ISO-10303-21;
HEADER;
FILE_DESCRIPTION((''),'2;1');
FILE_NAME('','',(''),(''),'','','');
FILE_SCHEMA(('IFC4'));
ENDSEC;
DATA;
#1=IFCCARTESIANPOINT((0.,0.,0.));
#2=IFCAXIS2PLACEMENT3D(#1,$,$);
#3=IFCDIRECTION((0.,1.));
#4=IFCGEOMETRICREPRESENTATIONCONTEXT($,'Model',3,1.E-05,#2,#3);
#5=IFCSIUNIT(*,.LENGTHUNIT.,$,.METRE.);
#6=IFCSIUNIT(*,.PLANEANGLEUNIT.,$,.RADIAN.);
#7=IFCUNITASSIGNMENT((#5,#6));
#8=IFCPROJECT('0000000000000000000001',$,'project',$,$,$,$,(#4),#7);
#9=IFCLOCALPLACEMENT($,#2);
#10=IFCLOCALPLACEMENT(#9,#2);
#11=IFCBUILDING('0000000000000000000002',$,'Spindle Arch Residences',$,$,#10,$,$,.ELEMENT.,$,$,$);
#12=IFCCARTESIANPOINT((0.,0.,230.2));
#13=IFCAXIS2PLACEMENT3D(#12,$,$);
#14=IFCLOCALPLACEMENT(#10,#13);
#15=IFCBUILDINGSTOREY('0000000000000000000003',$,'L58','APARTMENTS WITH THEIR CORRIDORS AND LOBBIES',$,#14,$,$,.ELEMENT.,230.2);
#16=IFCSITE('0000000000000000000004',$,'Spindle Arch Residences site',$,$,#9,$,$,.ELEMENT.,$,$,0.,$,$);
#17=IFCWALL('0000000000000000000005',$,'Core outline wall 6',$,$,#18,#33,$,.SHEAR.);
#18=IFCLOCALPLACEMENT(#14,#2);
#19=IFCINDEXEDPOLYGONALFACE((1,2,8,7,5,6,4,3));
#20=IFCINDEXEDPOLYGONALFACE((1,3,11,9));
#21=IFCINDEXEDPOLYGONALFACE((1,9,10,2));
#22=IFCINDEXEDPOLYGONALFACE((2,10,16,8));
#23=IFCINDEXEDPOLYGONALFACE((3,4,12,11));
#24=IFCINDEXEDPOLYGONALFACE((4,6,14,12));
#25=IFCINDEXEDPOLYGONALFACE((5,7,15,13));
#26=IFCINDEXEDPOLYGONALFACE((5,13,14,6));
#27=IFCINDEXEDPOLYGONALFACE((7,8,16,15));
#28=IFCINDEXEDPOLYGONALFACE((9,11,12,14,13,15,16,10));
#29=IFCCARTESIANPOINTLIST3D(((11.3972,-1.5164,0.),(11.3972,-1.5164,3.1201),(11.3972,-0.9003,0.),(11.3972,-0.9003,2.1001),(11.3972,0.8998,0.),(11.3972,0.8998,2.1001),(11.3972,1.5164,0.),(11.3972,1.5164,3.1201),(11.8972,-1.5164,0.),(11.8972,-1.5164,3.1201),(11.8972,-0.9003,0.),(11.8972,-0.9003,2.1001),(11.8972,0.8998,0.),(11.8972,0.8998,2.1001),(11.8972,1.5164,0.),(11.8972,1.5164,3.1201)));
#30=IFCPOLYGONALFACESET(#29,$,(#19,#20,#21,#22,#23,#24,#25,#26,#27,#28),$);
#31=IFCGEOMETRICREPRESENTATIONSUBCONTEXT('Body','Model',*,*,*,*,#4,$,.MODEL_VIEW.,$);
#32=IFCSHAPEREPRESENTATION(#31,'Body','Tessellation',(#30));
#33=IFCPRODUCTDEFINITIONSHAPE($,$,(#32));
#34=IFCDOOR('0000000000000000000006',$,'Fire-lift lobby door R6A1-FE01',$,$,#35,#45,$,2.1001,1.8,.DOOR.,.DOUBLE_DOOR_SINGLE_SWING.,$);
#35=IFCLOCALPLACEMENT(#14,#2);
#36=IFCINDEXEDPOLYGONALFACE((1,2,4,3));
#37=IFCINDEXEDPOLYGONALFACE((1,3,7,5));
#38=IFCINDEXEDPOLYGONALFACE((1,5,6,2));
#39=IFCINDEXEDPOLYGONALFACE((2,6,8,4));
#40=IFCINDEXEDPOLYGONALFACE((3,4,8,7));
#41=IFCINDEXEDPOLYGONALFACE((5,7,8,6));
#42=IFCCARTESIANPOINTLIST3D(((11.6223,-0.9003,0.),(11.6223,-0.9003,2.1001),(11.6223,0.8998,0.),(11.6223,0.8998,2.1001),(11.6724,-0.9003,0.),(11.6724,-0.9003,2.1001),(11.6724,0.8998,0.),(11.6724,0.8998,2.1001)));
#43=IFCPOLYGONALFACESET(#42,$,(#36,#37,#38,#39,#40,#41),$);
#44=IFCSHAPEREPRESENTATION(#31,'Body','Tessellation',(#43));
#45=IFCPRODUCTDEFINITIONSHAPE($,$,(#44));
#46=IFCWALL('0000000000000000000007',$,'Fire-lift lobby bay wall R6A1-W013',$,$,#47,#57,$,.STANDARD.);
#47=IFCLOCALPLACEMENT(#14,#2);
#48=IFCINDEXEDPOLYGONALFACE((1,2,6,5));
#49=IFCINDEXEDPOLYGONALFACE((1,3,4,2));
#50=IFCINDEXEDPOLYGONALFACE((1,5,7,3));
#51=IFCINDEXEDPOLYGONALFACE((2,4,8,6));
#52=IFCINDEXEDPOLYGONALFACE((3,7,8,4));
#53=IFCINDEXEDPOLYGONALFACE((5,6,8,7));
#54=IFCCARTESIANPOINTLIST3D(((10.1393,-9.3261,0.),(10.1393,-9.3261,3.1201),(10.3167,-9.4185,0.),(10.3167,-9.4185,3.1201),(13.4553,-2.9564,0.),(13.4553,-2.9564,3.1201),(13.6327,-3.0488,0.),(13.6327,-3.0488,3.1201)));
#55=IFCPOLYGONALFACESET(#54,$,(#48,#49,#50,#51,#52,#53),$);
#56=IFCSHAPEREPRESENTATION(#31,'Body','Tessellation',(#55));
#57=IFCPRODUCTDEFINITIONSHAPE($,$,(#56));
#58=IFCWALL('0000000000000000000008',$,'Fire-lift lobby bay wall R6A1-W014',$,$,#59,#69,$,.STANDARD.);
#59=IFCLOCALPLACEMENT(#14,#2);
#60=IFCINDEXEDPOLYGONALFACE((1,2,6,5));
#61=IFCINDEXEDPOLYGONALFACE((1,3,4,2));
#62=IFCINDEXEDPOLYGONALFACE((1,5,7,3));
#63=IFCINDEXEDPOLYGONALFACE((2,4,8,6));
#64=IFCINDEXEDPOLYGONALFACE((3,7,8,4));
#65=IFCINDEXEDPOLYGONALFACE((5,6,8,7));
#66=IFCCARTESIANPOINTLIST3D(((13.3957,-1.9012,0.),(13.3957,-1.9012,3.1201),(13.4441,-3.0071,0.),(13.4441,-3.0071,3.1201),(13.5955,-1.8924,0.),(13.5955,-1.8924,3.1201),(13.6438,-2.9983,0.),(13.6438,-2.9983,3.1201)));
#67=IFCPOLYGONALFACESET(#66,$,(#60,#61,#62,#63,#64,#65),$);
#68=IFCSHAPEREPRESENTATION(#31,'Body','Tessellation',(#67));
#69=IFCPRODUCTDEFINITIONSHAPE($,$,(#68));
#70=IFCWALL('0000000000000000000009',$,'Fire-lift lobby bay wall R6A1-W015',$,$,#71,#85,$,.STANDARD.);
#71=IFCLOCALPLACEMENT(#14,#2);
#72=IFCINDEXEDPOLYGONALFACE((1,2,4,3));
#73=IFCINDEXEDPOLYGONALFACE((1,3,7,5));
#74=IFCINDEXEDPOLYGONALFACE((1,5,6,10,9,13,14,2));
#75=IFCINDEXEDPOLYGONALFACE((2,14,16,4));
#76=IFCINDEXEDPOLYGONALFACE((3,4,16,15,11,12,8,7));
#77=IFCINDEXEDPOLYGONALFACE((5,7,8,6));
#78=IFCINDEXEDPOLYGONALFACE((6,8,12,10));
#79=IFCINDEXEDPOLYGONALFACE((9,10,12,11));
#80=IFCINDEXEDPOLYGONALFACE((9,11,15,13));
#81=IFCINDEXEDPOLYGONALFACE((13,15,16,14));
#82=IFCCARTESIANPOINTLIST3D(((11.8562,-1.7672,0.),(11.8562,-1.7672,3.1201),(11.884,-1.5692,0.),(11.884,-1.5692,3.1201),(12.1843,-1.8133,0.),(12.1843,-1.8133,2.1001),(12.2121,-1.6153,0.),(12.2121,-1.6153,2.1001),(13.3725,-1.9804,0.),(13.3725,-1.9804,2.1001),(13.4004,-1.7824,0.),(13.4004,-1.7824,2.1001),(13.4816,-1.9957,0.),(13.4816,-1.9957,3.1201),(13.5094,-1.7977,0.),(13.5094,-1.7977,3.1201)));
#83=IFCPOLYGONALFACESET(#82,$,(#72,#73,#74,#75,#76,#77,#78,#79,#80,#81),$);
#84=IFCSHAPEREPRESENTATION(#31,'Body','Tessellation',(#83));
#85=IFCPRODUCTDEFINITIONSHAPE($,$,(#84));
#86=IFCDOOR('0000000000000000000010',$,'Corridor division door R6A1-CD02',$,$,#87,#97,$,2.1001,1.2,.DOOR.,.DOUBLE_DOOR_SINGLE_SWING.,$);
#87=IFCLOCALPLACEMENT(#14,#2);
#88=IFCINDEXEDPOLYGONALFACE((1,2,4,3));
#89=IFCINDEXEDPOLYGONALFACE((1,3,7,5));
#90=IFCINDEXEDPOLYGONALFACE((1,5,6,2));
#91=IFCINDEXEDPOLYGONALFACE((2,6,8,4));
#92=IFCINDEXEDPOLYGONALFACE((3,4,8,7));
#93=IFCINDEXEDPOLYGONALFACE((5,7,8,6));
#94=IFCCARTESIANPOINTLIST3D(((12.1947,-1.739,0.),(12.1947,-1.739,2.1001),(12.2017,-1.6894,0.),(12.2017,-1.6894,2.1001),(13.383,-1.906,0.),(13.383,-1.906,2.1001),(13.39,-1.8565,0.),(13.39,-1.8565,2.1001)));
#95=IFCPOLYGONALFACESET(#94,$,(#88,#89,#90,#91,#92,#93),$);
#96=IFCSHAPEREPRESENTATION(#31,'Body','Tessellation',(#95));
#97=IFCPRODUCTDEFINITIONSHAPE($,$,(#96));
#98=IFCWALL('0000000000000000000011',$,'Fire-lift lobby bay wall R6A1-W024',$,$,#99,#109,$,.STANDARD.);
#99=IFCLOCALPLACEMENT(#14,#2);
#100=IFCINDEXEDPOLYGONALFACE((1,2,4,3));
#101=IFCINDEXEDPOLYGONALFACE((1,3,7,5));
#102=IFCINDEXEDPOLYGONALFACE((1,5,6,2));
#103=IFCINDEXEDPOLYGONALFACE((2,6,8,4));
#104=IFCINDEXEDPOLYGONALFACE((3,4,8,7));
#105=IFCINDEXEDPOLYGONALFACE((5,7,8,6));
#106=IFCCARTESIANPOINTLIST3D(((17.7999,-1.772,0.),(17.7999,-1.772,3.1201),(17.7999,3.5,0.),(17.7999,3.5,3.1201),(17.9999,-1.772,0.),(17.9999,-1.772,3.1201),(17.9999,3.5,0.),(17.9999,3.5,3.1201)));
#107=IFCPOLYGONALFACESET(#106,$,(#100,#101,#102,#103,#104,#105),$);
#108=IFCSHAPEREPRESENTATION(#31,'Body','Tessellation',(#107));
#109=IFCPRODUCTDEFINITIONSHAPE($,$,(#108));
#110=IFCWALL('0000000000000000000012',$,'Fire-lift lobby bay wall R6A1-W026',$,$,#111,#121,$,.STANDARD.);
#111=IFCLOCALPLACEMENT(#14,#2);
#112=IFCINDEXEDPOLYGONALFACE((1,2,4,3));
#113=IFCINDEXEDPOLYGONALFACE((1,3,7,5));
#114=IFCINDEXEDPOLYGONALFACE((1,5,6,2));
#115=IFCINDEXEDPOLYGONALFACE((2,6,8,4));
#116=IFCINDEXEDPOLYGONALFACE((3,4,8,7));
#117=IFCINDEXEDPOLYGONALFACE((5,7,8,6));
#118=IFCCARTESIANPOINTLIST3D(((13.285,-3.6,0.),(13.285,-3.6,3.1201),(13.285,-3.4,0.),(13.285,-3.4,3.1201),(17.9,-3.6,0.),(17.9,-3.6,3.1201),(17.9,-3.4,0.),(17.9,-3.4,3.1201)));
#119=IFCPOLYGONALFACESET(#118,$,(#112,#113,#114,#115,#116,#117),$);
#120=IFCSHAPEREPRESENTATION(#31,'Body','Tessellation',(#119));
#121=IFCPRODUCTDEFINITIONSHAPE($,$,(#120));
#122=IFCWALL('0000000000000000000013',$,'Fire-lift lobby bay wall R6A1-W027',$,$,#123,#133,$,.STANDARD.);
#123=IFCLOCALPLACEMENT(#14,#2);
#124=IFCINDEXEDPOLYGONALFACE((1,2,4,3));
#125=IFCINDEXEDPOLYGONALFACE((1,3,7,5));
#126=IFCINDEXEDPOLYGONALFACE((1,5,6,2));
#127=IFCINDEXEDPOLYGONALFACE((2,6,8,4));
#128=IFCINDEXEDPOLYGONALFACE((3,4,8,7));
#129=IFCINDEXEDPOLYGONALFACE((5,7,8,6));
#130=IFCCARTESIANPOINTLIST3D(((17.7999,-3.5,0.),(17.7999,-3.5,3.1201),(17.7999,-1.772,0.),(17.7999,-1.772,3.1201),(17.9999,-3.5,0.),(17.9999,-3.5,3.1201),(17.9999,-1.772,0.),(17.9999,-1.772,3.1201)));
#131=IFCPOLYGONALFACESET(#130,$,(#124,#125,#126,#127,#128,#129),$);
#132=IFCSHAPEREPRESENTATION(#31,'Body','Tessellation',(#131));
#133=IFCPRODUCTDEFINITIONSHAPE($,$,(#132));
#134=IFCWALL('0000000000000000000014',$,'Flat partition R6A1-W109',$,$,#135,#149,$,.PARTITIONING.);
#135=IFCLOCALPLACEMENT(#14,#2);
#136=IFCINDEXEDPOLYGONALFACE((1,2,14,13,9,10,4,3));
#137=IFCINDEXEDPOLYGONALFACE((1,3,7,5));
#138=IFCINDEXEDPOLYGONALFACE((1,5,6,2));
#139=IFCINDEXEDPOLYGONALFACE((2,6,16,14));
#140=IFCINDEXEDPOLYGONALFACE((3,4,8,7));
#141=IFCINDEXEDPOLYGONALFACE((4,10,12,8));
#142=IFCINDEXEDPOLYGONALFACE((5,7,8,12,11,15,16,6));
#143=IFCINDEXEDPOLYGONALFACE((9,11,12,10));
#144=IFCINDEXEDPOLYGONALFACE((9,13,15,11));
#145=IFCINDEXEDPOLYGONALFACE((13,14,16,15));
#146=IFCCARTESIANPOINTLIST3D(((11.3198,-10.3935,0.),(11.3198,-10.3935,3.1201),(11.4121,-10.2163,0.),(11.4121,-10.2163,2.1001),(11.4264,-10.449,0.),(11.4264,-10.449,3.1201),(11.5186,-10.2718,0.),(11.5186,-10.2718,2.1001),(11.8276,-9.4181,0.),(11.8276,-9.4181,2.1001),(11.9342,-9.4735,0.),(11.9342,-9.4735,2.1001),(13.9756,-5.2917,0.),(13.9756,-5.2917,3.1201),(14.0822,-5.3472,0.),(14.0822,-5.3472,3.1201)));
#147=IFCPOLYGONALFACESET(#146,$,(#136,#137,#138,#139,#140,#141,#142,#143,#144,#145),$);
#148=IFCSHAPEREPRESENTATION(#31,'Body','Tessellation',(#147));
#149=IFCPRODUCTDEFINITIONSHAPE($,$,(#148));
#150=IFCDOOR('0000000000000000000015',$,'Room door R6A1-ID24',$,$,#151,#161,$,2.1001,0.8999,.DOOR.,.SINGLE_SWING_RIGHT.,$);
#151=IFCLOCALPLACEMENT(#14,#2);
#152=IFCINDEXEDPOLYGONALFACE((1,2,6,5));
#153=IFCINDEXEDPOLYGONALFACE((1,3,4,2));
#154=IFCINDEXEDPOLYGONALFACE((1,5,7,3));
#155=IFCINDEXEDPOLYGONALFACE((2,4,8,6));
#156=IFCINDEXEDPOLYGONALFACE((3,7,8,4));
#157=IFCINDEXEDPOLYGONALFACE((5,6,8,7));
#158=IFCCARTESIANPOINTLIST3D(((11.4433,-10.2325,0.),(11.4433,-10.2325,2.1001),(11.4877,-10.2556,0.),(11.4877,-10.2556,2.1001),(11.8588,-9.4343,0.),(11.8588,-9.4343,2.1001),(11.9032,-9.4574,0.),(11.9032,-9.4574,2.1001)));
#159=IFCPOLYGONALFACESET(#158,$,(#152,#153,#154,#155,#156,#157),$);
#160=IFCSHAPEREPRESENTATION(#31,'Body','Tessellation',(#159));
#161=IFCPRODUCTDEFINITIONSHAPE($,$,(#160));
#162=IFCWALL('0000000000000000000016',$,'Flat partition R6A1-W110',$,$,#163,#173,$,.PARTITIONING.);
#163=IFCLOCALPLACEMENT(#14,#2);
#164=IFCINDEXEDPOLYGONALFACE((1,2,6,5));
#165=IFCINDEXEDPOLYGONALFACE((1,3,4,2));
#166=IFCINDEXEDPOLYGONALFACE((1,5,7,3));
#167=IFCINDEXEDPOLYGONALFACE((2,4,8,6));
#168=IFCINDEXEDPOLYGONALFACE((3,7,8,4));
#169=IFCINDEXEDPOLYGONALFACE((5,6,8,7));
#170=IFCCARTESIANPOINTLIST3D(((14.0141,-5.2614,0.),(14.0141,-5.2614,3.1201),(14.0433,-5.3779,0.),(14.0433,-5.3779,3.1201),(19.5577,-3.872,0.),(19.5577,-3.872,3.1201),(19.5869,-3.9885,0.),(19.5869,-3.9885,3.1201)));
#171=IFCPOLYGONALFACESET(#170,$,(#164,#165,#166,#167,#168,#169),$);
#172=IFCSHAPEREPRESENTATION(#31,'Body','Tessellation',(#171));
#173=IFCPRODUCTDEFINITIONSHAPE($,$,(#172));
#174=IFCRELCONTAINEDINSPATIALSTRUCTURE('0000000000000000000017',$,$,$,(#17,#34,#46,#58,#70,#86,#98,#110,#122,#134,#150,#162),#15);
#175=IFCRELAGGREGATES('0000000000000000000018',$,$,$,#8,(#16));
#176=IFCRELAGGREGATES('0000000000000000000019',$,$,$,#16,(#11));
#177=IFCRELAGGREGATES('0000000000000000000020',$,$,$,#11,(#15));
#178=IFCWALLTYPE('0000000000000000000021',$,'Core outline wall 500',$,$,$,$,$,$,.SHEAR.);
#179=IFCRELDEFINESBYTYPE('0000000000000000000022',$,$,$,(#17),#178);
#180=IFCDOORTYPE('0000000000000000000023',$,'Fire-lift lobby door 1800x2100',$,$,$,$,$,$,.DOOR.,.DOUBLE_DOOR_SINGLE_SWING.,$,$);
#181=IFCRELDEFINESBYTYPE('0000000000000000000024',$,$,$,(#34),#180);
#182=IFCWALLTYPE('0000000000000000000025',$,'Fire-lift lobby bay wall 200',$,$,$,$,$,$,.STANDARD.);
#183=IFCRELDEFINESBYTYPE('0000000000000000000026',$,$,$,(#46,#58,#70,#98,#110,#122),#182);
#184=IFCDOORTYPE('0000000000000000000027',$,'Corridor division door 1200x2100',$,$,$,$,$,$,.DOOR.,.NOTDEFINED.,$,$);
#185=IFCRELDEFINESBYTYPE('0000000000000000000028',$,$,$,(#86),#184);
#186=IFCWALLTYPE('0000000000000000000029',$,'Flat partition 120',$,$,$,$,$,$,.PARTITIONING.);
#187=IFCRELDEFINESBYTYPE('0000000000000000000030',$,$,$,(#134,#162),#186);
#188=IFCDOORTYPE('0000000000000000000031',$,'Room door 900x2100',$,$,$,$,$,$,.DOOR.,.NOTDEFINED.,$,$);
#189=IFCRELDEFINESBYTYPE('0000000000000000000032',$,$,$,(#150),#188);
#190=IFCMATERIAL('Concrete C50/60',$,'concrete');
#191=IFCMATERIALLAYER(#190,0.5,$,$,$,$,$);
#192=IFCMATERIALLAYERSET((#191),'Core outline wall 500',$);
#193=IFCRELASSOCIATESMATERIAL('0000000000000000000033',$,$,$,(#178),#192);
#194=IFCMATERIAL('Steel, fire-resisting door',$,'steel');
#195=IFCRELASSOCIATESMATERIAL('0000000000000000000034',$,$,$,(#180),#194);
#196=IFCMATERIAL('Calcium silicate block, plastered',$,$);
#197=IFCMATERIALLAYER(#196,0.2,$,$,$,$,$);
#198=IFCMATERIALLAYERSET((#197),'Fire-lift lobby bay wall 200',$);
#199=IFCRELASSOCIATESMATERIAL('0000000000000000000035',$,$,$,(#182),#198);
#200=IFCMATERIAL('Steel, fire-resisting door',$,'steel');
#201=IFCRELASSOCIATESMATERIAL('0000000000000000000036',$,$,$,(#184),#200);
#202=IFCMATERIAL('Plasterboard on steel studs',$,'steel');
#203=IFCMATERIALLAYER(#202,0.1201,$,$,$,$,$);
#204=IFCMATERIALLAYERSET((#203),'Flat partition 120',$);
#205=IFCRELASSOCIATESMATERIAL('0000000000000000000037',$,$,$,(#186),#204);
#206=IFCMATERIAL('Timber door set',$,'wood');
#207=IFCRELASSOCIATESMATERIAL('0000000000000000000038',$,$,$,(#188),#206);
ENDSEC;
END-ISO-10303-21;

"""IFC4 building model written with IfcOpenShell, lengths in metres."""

from ifc_helpers import new_model, si_unit, direction, frame, frame_2d, origin, place, context, subcontext, project, spatial, rectangle, extrude, material, layer, layer_set, type_object, element, fill, save


model = new_model("IFC4")

# Units and contexts
model_context = context("Model", 3, precision=1e-05, world=origin(), true_north=direction((0.0, 1.0)))
body_context = subcontext(model_context, "Body", "Model", "MODEL_VIEW")
ifc_project = project(units=[si_unit("LENGTHUNIT", "METRE"), si_unit("PLANEANGLEUNIT", "RADIAN")], contexts=[model_context])

# Site, building, storey
site_placement = place(None, origin())
site = spatial("IfcSite", under=ifc_project, at=site_placement, Name="Spindle Arch Residences site", CompositionType="ELEMENT", RefElevation=0.0)
building_placement = place(site_placement, origin())
building = spatial("IfcBuilding", under=site, at=building_placement, Name="Spindle Arch Residences", CompositionType="ELEMENT")
storey_placement = place(building_placement, frame((0.0, 0.0, 230.2)))
storey = spatial("IfcBuildingStorey", under=building, at=storey_placement, Name="L58", Description="APARTMENTS WITH THEIR CORRIDORS AND LOBBIES", CompositionType="ELEMENT", Elevation=230.2)

# Shared definitions
ifc_material_1 = material(Name="Concrete C50/60", Category="concrete")
ifc_layer_1 = layer(ifc_material_1, 0.5)
ifc_layer_set_1 = layer_set([ifc_layer_1], Name="Core outline wall 500")
wall_type_1 = type_object("IfcWallType", Name="Core outline wall 500", PredefinedType="SHEAR", material=ifc_layer_set_1)

# Wall, opening, door
wall_1_placement = place(storey_placement, frame((11.6472, -1.5164, 0.0), z_axis=(0.0, 0.0, 1.0), x_axis=(0.0, 1.0, 0.0)))
wall_1 = element("IfcWall", 1, at=wall_1_placement, inside=storey, type_object=wall_type_1, Name="Core outline wall 6", PredefinedType="SHEAR", context=body_context, shape_type="SweptSolid", body=[
    extrude(rectangle(XDim=3.0327, YDim=0.5, at=frame_2d((1.5164, 0.0))), origin(), (0.0, 0.0, 1.0), 3.1201),
])
opening_1_placement = place(wall_1_placement, frame((0.6162, 0.0, 0.0)))
opening_1 = element("IfcOpeningElement", 2, at=opening_1_placement, cuts=wall_1, PredefinedType="OPENING", context=body_context, shape_type="SweptSolid", body=[
    extrude(rectangle(XDim=1.8, YDim=2.1001, at=frame_2d((0.8999, 1.05))), frame((0.0, 0.26, 0.0), z_axis=(0.0, -1.0, 0.0), x_axis=(1.0, 0.0, 0.0)), (0.0, 0.0, 1.0), 0.52),
])
ifc_material_2 = material(Name="Steel, fire-resisting door", Category="steel")
door_type_1 = type_object("IfcDoorType", Name="Fire-lift lobby door 1800x2100", OperationType="DOUBLE_DOOR_SINGLE_SWING", PredefinedType="DOOR", material=ifc_material_2)
door_1_placement = place(opening_1_placement, origin())
door_1 = element("IfcDoor", 3, at=door_1_placement, inside=storey, type_object=door_type_1, Name="Fire-lift lobby door R6A1-FE01", OperationType="DOUBLE_DOOR_SINGLE_SWING", OverallHeight=2.1001, OverallWidth=1.8, PredefinedType="DOOR", context=body_context, shape_type="SweptSolid", body=[
    extrude(rectangle(XDim=1.8, YDim=2.1001, at=frame_2d((0.8999, 1.05))), frame((0.0, 0.0249, 0.0), z_axis=(0.0, -1.0, 0.0), x_axis=(1.0, 0.0, 0.0)), (0.0, 0.0, 1.0), 0.05),
])
fill(opening_1, door_1)

# Walls
ifc_material_3 = material(Name="Calcium silicate block, plastered")
ifc_layer_2 = layer(ifc_material_3, 0.2)
ifc_layer_set_2 = layer_set([ifc_layer_2], Name="Fire-lift lobby bay wall 200")
wall_type_2 = type_object("IfcWallType", Name="Fire-lift lobby bay wall 200", PredefinedType="STANDARD", material=ifc_layer_set_2)
wall_2_placement = place(storey_placement, frame((10.228, -9.3723, 0.0), z_axis=(0.0, 0.0, 1.0), x_axis=(0.461759, 0.887005, 0.0)))
element("IfcWall", 4, at=wall_2_placement, inside=storey, type_object=wall_type_2, Name="Fire-lift lobby bay wall R6A1-W013", PredefinedType="STANDARD", context=body_context, shape_type="SweptSolid", body=[
    extrude(rectangle(XDim=7.1812, YDim=0.2, at=frame_2d((3.5906, 0.0))), origin(), (0.0, 0.0, 1.0), 3.1201),
])
wall_3_placement = place(storey_placement, frame((13.5439, -3.0027, 0.0), z_axis=(0.0, 0.0, 1.0), x_axis=(-0.043667, 0.999046, 0.0)))
element("IfcWall", 5, at=wall_3_placement, inside=storey, type_object=wall_type_2, Name="Fire-lift lobby bay wall R6A1-W014", PredefinedType="STANDARD", context=body_context, shape_type="SweptSolid", body=[
    extrude(rectangle(XDim=1.1069, YDim=0.2, at=frame_2d((0.5535, 0.0))), origin(), (0.0, 0.0, 1.0), 3.1201),
])

# Wall, opening, door
wall_4_placement = place(storey_placement, frame((13.4956, -1.8967, 0.0), z_axis=(0.0, 0.0, 1.0), x_axis=(-0.990262, 0.139214, 0.0)))
wall_4 = element("IfcWall", 6, at=wall_4_placement, inside=storey, type_object=wall_type_2, Name="Fire-lift lobby bay wall R6A1-W015", PredefinedType="STANDARD", context=body_context, shape_type="SweptSolid", body=[
    extrude(rectangle(XDim=1.6414, YDim=0.2, at=frame_2d((0.8208, 0.0))), origin(), (0.0, 0.0, 1.0), 3.1201),
])
opening_2_placement = place(wall_4_placement, frame((0.1101, 0.0, 0.0)))
opening_2 = element("IfcOpeningElement", 7, at=opening_2_placement, cuts=wall_4, PredefinedType="OPENING", context=body_context, shape_type="SweptSolid", body=[
    extrude(rectangle(XDim=1.2, YDim=2.1001, at=frame_2d((0.6001, 1.05))), frame((0.0, 0.1099, 0.0), z_axis=(0.0, -1.0, 0.0), x_axis=(1.0, 0.0, 0.0)), (0.0, 0.0, 1.0), 0.22),
])
ifc_material_4 = material(Name="Steel, fire-resisting door", Category="steel")
door_type_2 = type_object("IfcDoorType", Name="Corridor division door 1200x2100", OperationType="NOTDEFINED", PredefinedType="DOOR", material=ifc_material_4)
door_2_placement = place(opening_2_placement, origin())
door_2 = element("IfcDoor", 8, at=door_2_placement, inside=storey, type_object=door_type_2, Name="Corridor division door R6A1-CD02", OperationType="DOUBLE_DOOR_SINGLE_SWING", OverallHeight=2.1001, OverallWidth=1.2, PredefinedType="DOOR", context=body_context, shape_type="SweptSolid", body=[
    extrude(rectangle(XDim=1.2, YDim=2.1001, at=frame_2d((0.6001, 1.05))), frame((0.0, 0.0249, 0.0), z_axis=(0.0, -1.0, 0.0), x_axis=(1.0, 0.0, 0.0)), (0.0, 0.0, 1.0), 0.05),
])
fill(opening_2, door_2)

# Walls
wall_5_placement = place(storey_placement, frame((17.8999, -1.772, 0.0), z_axis=(0.0, 0.0, 1.0), x_axis=(0.0, 1.0, 0.0)))
element("IfcWall", 9, at=wall_5_placement, inside=storey, type_object=wall_type_2, Name="Fire-lift lobby bay wall R6A1-W024", PredefinedType="STANDARD", context=body_context, shape_type="SweptSolid", body=[
    extrude(rectangle(XDim=5.272, YDim=0.2, at=frame_2d((2.636, 0.0))), origin(), (0.0, 0.0, 1.0), 3.1201),
])
wall_6_placement = place(storey_placement, frame((13.2849, -3.5, 0.0), z_axis=(0.0, 0.0, 1.0), x_axis=(1.0, 0.0, 0.0)))
element("IfcWall", 10, at=wall_6_placement, inside=storey, type_object=wall_type_2, Name="Fire-lift lobby bay wall R6A1-W026", PredefinedType="STANDARD", context=body_context, shape_type="SweptSolid", body=[
    extrude(rectangle(XDim=4.615, YDim=0.2, at=frame_2d((2.3076, 0.0))), origin(), (0.0, 0.0, 1.0), 3.1201),
])
wall_7_placement = place(storey_placement, frame((17.8999, -3.5, 0.0), z_axis=(0.0, 0.0, 1.0), x_axis=(0.0, 1.0, 0.0)))
element("IfcWall", 11, at=wall_7_placement, inside=storey, type_object=wall_type_2, Name="Fire-lift lobby bay wall R6A1-W027", PredefinedType="STANDARD", context=body_context, shape_type="SweptSolid", body=[
    extrude(rectangle(XDim=1.728, YDim=0.2, at=frame_2d((0.864, 0.0))), origin(), (0.0, 0.0, 1.0), 3.1201),
])

# Wall, opening, door
ifc_material_5 = material(Name="Plasterboard on steel studs", Category="steel")
ifc_layer_3 = layer(ifc_material_5, 0.1201)
ifc_layer_set_3 = layer_set([ifc_layer_3], Name="Flat partition 120")
wall_type_3 = type_object("IfcWallType", Name="Flat partition 120", PredefinedType="PARTITIONING", material=ifc_layer_set_3)
wall_8_placement = place(storey_placement, frame((11.373, -10.4214, 0.0), z_axis=(0.0, 0.0, 1.0), x_axis=(0.461739, 0.887016, 0.0)))
wall_8 = element("IfcWall", 12, at=wall_8_placement, inside=storey, type_object=wall_type_3, Name="Flat partition R6A1-W109", PredefinedType="PARTITIONING", context=body_context, shape_type="SweptSolid", body=[
    extrude(rectangle(XDim=5.7517, YDim=0.1201, at=frame_2d((2.876, 0.0))), origin(), (0.0, 0.0, 1.0), 3.1201),
])
opening_3_placement = place(wall_8_placement, frame((0.2, 0.0, 0.0)))
opening_3 = element("IfcOpeningElement", 13, at=opening_3_placement, cuts=wall_8, PredefinedType="OPENING", context=body_context, shape_type="SweptSolid", body=[
    extrude(rectangle(XDim=0.8999, YDim=2.1001, at=frame_2d((0.45, 1.05))), frame((0.0, 0.0701, 0.0), z_axis=(0.0, -1.0, 0.0), x_axis=(1.0, 0.0, 0.0)), (0.0, 0.0, 1.0), 0.1401),
])
ifc_material_6 = material(Name="Timber door set", Category="wood")
door_type_3 = type_object("IfcDoorType", Name="Room door 900x2100", OperationType="NOTDEFINED", PredefinedType="DOOR", material=ifc_material_6)
door_3_placement = place(opening_3_placement, origin())
door_3 = element("IfcDoor", 14, at=door_3_placement, inside=storey, type_object=door_type_3, Name="Room door R6A1-ID24", OperationType="SINGLE_SWING_RIGHT", OverallHeight=2.1001, OverallWidth=0.8999, PredefinedType="DOOR", context=body_context, shape_type="SweptSolid", body=[
    extrude(rectangle(XDim=0.8999, YDim=2.1001, at=frame_2d((0.45, 1.05))), frame((0.0, 0.0249, 0.0), z_axis=(0.0, -1.0, 0.0), x_axis=(1.0, 0.0, 0.0)), (0.0, 0.0, 1.0), 0.05),
])
fill(opening_3, door_3)

# Wall
wall_9_placement = place(storey_placement, frame((14.0288, -5.3196, 0.0), z_axis=(0.0, 0.0, 1.0), x_axis=(0.969999, 0.243109, 0.0)))
element("IfcWall", 15, at=wall_9_placement, inside=storey, type_object=wall_type_3, Name="Flat partition R6A1-W110", PredefinedType="PARTITIONING", context=body_context, shape_type="SweptSolid", body=[
    extrude(rectangle(XDim=5.7151, YDim=0.1201, at=frame_2d((2.8574, 0.0))), origin(), (0.0, 0.0, 1.0), 3.1201),
])

save(model, "model.ifc")
